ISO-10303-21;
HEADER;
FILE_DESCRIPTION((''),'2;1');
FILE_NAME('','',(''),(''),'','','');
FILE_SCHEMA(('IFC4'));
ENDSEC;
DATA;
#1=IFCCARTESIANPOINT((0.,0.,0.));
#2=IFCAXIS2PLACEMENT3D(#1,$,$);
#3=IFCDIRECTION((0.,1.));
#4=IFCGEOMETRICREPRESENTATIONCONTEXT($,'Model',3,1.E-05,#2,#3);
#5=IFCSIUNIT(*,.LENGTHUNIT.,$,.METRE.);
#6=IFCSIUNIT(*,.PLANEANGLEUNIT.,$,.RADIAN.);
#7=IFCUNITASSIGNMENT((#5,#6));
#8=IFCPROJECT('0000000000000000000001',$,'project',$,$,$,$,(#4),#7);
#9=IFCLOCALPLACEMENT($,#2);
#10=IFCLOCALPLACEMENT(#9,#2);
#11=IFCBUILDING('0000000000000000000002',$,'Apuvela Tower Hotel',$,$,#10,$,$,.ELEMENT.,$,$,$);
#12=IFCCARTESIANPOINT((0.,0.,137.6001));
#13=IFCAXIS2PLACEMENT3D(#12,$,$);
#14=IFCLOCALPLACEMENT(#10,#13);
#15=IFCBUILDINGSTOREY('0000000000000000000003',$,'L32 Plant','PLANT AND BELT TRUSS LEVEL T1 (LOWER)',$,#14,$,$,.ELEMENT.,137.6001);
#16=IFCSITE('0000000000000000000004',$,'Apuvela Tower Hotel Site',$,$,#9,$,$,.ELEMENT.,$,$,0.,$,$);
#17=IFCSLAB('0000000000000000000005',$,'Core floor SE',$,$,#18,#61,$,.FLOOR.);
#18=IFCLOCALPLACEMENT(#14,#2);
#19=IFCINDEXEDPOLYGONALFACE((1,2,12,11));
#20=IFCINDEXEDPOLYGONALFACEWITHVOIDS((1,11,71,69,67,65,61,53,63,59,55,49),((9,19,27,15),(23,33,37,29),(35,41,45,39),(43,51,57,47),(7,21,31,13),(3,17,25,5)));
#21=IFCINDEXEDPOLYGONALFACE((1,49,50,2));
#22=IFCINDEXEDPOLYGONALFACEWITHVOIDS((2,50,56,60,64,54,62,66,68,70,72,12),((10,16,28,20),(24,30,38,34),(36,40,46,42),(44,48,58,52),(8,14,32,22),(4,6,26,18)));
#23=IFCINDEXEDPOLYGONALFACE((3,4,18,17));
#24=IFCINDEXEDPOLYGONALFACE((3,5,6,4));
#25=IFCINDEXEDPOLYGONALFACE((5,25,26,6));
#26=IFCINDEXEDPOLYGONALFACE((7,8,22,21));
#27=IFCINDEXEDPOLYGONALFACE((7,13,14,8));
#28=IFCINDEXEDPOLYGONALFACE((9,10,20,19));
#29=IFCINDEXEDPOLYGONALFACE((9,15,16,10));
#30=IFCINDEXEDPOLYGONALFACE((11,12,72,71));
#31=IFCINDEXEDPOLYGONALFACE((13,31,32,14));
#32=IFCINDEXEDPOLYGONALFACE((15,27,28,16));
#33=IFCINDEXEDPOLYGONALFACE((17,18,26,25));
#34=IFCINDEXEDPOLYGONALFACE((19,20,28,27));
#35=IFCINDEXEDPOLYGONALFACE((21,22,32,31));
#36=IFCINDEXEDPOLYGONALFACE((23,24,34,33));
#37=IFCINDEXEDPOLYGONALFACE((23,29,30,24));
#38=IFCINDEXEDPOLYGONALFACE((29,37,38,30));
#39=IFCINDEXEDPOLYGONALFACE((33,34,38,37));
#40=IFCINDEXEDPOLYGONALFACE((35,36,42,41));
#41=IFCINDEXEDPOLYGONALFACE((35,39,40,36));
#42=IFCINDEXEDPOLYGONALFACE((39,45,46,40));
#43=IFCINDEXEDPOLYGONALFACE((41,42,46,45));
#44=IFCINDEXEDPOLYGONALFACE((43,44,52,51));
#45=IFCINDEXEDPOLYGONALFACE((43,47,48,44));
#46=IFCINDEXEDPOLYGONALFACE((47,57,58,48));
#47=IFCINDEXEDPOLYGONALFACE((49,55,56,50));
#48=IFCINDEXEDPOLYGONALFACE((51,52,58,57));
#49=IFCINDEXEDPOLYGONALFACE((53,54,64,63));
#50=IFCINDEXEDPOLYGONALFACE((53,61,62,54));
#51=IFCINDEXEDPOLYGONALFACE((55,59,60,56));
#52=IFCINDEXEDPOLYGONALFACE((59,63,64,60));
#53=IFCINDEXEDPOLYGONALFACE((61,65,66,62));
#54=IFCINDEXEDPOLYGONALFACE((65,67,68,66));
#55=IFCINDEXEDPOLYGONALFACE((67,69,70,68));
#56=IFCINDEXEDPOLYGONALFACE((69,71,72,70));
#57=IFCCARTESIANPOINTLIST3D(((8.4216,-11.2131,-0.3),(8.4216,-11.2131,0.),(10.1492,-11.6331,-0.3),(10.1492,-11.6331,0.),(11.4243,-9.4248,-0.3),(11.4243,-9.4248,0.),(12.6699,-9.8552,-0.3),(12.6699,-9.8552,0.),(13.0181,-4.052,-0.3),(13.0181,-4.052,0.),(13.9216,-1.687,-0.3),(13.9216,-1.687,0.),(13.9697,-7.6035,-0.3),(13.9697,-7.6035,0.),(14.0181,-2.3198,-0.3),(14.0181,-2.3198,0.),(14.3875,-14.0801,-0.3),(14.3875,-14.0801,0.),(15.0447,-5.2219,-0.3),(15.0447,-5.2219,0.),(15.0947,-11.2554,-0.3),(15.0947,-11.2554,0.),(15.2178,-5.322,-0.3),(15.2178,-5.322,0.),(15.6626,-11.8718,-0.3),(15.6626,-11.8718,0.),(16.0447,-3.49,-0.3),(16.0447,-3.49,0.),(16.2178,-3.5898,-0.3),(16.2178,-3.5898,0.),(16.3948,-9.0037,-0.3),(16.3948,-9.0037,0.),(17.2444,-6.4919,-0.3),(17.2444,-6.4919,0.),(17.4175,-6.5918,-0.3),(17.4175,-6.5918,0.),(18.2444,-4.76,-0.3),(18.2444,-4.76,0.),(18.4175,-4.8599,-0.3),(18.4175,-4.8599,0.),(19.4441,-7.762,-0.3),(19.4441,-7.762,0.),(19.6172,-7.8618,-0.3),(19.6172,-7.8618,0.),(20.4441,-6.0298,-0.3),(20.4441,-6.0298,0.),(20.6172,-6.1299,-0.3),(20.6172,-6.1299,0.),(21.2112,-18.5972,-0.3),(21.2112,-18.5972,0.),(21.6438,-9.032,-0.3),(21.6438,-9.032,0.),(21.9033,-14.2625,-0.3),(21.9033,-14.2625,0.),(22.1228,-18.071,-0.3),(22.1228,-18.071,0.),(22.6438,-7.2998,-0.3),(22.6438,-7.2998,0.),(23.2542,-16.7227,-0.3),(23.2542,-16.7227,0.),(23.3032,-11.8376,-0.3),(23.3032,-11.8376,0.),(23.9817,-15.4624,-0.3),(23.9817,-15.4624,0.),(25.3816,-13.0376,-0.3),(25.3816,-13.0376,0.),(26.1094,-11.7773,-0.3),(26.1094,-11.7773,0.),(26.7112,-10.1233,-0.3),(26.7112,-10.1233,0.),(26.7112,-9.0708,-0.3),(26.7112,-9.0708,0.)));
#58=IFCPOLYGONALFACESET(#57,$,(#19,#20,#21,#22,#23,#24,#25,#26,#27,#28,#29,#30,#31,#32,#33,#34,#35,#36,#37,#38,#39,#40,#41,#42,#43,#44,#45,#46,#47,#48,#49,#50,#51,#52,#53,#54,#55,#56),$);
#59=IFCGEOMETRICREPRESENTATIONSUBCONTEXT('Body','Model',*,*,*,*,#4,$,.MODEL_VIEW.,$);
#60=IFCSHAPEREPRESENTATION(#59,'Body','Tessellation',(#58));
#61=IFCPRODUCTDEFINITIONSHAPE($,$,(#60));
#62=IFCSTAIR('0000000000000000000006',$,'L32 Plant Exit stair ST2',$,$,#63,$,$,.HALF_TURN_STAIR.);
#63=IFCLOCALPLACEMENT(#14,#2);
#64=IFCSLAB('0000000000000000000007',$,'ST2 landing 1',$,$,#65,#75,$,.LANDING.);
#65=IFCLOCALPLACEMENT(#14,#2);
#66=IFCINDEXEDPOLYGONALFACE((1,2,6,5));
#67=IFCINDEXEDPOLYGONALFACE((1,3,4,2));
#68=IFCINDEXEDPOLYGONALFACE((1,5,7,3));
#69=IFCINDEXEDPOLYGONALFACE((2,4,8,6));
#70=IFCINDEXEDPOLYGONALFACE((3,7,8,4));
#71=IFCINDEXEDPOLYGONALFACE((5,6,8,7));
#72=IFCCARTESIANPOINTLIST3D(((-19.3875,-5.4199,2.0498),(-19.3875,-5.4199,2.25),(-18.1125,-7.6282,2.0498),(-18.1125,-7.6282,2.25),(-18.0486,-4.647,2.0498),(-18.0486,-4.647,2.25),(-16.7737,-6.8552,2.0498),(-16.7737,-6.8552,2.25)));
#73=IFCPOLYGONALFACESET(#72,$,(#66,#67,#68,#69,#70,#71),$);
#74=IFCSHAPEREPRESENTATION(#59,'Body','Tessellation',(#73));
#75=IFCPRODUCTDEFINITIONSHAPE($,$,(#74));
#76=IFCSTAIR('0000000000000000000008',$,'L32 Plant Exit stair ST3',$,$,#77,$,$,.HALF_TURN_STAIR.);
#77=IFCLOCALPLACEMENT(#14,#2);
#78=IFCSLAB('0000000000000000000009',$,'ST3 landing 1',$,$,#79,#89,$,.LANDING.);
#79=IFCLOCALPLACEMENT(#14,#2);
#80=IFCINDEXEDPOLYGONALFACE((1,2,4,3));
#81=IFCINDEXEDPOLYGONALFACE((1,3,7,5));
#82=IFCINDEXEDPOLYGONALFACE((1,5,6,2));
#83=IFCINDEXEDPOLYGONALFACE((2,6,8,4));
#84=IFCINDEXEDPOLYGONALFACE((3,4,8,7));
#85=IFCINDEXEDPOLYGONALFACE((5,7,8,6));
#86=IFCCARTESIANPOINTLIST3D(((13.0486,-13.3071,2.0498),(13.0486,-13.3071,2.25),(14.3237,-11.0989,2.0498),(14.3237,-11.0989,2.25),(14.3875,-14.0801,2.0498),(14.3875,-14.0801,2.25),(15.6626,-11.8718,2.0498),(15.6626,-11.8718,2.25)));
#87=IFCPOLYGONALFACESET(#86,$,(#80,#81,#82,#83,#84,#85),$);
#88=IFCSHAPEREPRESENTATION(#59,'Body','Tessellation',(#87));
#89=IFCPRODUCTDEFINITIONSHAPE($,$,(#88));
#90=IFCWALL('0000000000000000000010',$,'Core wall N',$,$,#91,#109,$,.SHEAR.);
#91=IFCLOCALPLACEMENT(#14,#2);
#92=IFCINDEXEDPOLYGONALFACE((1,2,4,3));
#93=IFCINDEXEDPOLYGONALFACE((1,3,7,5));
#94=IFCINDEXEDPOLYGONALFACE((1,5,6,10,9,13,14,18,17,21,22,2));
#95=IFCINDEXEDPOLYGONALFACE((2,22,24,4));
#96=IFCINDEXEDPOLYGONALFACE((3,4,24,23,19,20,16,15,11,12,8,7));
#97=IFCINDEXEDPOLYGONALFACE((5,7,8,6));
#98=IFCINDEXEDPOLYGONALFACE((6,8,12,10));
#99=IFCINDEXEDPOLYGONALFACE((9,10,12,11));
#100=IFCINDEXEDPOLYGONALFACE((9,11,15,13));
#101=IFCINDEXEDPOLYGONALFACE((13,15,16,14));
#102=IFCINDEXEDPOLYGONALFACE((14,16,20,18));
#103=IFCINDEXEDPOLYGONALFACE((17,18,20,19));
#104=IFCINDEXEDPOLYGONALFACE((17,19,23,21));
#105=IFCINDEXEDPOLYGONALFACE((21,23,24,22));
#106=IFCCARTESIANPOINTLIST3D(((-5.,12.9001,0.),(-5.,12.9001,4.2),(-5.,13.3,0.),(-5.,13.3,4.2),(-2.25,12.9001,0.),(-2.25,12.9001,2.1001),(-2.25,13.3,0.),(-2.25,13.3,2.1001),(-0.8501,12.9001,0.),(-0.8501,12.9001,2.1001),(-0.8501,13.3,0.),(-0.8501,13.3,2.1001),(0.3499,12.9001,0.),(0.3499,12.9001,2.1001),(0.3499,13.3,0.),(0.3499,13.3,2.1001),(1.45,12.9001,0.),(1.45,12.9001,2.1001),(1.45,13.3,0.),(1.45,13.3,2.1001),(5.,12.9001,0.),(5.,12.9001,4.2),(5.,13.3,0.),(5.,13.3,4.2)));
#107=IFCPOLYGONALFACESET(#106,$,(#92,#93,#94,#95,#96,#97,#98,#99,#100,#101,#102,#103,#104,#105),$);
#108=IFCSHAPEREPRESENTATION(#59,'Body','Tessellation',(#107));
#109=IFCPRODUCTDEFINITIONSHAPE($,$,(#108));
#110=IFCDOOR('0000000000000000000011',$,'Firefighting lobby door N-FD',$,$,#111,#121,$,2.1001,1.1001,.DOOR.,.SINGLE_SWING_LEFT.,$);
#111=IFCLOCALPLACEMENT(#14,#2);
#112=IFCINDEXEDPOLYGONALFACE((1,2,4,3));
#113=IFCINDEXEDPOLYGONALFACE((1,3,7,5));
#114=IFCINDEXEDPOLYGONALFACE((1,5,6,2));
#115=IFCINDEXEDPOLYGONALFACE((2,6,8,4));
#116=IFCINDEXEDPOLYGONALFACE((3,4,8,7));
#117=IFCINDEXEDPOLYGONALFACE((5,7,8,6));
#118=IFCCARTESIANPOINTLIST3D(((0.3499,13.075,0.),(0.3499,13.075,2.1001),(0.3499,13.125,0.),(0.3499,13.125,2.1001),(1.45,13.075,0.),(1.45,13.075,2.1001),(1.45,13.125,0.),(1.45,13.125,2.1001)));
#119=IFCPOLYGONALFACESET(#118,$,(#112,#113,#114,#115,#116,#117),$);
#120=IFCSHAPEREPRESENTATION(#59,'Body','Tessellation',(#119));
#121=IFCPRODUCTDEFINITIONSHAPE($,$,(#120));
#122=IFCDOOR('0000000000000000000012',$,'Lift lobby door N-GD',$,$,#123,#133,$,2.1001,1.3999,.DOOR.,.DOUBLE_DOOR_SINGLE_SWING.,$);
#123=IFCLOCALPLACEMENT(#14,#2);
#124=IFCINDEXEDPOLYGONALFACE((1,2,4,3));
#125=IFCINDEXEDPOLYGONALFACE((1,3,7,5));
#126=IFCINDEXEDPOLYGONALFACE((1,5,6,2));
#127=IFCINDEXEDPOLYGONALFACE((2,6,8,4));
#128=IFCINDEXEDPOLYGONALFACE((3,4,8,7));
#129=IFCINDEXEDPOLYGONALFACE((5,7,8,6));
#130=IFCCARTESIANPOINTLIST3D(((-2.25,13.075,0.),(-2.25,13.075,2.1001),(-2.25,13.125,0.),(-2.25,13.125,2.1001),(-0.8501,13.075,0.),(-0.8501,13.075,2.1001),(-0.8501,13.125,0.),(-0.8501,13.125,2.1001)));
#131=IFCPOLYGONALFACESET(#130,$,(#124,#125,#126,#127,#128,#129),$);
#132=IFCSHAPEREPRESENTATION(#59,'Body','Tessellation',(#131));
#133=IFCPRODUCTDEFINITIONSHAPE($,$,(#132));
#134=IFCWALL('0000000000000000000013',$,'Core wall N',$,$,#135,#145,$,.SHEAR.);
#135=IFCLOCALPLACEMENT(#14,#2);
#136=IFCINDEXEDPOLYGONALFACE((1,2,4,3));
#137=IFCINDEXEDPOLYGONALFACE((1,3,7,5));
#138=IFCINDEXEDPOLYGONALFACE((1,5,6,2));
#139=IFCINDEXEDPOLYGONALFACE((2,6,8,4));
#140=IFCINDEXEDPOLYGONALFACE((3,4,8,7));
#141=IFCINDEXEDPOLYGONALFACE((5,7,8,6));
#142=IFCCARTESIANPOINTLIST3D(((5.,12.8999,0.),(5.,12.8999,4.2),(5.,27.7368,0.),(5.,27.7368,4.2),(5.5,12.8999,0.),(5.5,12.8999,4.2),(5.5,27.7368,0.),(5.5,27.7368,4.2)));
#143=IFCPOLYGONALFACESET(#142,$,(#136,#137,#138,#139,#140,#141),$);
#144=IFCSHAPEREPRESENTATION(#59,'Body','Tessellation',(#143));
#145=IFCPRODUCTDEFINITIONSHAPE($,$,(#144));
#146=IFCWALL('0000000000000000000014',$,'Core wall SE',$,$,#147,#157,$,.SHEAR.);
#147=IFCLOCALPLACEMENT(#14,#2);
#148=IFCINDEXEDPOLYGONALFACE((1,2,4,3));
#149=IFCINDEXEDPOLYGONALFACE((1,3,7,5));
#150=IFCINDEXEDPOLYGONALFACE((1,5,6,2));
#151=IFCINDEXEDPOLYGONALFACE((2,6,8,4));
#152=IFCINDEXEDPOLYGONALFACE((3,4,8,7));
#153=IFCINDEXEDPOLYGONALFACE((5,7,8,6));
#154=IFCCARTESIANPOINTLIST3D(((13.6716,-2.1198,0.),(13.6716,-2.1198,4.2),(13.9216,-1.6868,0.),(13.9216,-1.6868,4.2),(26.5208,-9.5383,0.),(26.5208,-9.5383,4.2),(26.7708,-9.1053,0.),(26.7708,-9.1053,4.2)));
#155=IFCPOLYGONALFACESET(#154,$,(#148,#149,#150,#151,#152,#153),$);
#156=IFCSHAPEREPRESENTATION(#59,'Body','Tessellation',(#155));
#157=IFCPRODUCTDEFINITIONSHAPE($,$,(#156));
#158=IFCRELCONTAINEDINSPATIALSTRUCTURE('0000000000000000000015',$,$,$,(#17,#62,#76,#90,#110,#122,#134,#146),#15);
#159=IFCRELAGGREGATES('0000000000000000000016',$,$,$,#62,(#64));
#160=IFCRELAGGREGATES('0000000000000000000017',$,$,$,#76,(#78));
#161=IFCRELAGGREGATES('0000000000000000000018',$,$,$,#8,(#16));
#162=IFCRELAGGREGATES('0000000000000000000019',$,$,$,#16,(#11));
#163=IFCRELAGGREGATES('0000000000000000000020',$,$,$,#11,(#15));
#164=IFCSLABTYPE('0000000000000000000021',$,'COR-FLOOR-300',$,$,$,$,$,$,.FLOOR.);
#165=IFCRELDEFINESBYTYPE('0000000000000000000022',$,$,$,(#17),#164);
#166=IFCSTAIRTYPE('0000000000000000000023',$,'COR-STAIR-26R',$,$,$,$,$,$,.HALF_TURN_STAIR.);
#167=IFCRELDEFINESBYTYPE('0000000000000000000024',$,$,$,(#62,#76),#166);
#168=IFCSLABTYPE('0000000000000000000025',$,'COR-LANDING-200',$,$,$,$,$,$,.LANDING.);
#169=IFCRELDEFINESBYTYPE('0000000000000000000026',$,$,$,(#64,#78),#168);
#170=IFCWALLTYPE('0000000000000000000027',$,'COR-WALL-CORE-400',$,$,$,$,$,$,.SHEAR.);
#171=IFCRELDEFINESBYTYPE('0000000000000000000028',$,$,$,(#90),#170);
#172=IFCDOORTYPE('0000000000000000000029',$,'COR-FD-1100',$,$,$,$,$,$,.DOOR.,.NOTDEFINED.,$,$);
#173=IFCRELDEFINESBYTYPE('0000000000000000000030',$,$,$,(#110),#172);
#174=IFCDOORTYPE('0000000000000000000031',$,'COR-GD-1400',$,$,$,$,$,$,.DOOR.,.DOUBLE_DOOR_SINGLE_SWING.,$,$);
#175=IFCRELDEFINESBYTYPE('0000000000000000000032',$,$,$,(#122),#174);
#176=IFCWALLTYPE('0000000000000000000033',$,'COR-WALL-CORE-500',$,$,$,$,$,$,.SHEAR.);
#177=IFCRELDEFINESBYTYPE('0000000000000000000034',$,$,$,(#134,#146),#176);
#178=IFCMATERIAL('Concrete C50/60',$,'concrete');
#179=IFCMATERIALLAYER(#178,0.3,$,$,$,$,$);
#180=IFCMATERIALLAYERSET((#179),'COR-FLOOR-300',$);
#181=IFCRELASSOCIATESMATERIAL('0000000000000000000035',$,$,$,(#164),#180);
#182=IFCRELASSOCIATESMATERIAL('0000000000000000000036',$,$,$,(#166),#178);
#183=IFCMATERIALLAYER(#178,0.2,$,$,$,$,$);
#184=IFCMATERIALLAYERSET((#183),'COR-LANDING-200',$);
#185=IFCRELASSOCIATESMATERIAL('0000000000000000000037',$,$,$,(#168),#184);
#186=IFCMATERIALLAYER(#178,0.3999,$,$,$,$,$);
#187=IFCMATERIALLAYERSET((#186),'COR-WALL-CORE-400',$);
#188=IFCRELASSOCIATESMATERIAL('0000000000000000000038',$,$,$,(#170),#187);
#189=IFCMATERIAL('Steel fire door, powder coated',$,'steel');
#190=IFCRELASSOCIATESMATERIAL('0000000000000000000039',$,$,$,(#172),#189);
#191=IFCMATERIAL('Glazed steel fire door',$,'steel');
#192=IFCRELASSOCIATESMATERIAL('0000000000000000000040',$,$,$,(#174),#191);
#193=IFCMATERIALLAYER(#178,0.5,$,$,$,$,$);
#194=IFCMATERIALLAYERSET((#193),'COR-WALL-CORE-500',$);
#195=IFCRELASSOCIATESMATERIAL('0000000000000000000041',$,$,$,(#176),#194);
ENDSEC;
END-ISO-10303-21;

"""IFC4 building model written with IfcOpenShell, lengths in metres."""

from ifc_helpers import new_model, si_unit, direction, frame, frame_2d, origin, place, context, subcontext, project, spatial, polyline, rectangle, outline, extrude, material, layer, layer_set, type_object, element, fill, aggregate, save


model = new_model("IFC4")

# Units and contexts
model_context = context("Model", 3, precision=1e-05, world=origin(), true_north=direction((0.0, 1.0)))
body_context = subcontext(model_context, "Body", "Model", "MODEL_VIEW")
ifc_project = project(units=[si_unit("LENGTHUNIT", "METRE"), si_unit("PLANEANGLEUNIT", "RADIAN")], contexts=[model_context])

# Site, building, storey
site_placement = place(None, origin())
site = spatial("IfcSite", under=ifc_project, at=site_placement, Name="Apuvela Tower Hotel Site", CompositionType="ELEMENT", RefElevation=0.0)
building_placement = place(site_placement, origin())
building = spatial("IfcBuilding", under=site, at=building_placement, Name="Apuvela Tower Hotel", CompositionType="ELEMENT")
storey_placement = place(building_placement, frame((0.0, 0.0, 137.6001)))
storey = spatial("IfcBuildingStorey", under=building, at=storey_placement, Name="L32 Plant", Description="PLANT AND BELT TRUSS LEVEL T1 (LOWER)", CompositionType="ELEMENT", Elevation=137.6001)

# Slab
ifc_material_1 = material(Name="Concrete C50/60", Category="concrete")
ifc_layer_1 = layer(ifc_material_1, 0.3)
ifc_layer_set_1 = layer_set([ifc_layer_1], Name="COR-FLOOR-300")
slab_type_1 = type_object("IfcSlabType", Name="COR-FLOOR-300", PredefinedType="FLOOR", material=ifc_layer_set_1)
slab_1_placement = place(storey_placement, frame((0.0, 0.0, -0.3)))
element("IfcSlab", 1, at=slab_1_placement, inside=storey, type_object=slab_type_1, Name="Core floor SE", PredefinedType="FLOOR", context=body_context, shape_type="SweptSolid", body=[
    extrude(outline(polyline([(21.2112, -18.5972), (22.1228, -18.071), (23.2542, -16.7227), (23.9817, -15.4624), (21.9033, -14.2625), (23.3032, -11.8376), (25.3816, -13.0376), (26.1094, -11.7773), (26.7112, -10.1233), (26.7112, -9.0708), (13.9216, -1.687), (8.4216, -11.2131), (21.2112, -18.5972)]), holes=[polyline([(13.0181, -4.052), (14.0181, -2.3198), (16.0447, -3.49), (15.0447, -5.2219), (13.0181, -4.052)]), polyline([(17.2444, -6.4919), (15.2178, -5.322), (16.2178, -3.5898), (18.2444, -4.76), (17.2444, -6.4919)]), polyline([(14.3875, -14.0801), (10.1492, -11.6331), (11.4243, -9.4248), (15.6626, -11.8718), (14.3875, -14.0801)]), polyline([(12.6699, -9.8552), (13.9697, -7.6035), (16.3948, -9.0037), (15.0947, -11.2554), (12.6699, -9.8552)]), polyline([(19.4441, -7.762), (17.4175, -6.5918), (18.4175, -4.8599), (20.4441, -6.0298), (19.4441, -7.762)]), polyline([(21.6438, -9.032), (19.6172, -7.8618), (20.6172, -6.1299), (22.6438, -7.2998), (21.6438, -9.032)])]), origin(), (0.0, 0.0, 1.0), 0.3),
])

# Stairs, slabs
stair_type = type_object("IfcStairType", Name="COR-STAIR-26R", PredefinedType="HALF_TURN_STAIR", material=ifc_material_1)
stair_1_placement = place(storey_placement, origin())
stair_1 = element("IfcStair", 2, at=stair_1_placement, inside=storey, type_object=stair_type, Name="L32 Plant Exit stair ST2", PredefinedType="HALF_TURN_STAIR")
ifc_layer_2 = layer(ifc_material_1, 0.2)
ifc_layer_set_2 = layer_set([ifc_layer_2], Name="COR-LANDING-200")
slab_type_2 = type_object("IfcSlabType", Name="COR-LANDING-200", PredefinedType="LANDING", material=ifc_layer_set_2)
slab_2_placement = place(storey_placement, frame((0.0, 0.0, 2.0498)))
slab_2 = element("IfcSlab", 3, at=slab_2_placement, type_object=slab_type_2, Name="ST2 landing 1", PredefinedType="LANDING", context=body_context, shape_type="SweptSolid", body=[
    extrude(outline(polyline([(-18.0486, -4.647), (-19.3875, -5.4199), (-18.1125, -7.6282), (-16.7737, -6.8552), (-18.0486, -4.647)])), origin(), (0.0, 0.0, 1.0), 0.2002),
])
aggregate(stair_1, [slab_2])
stair_2_placement = place(storey_placement, origin())
stair_2 = element("IfcStair", 4, at=stair_2_placement, inside=storey, type_object=stair_type, Name="L32 Plant Exit stair ST3", PredefinedType="HALF_TURN_STAIR")
slab_3_placement = place(storey_placement, frame((0.0, 0.0, 2.0498)))
slab_3 = element("IfcSlab", 5, at=slab_3_placement, type_object=slab_type_2, Name="ST3 landing 1", PredefinedType="LANDING", context=body_context, shape_type="SweptSolid", body=[
    extrude(outline(polyline([(13.0486, -13.3071), (14.3875, -14.0801), (15.6626, -11.8718), (14.3237, -11.0989), (13.0486, -13.3071)])), origin(), (0.0, 0.0, 1.0), 0.2002),
])
aggregate(stair_2, [slab_3])

# Wall, openings, doors
ifc_layer_3 = layer(ifc_material_1, 0.3999)
ifc_layer_set_3 = layer_set([ifc_layer_3], Name="COR-WALL-CORE-400")
wall_type_1 = type_object("IfcWallType", Name="COR-WALL-CORE-400", PredefinedType="SHEAR", material=ifc_layer_set_3)
wall_1_placement = place(storey_placement, frame((5.0, 13.1001, 0.0), z_axis=(0.0, 0.0, 1.0), x_axis=(-1.0, 0.0, 0.0)))
wall_1 = element("IfcWall", 6, at=wall_1_placement, inside=storey, type_object=wall_type_1, Name="Core wall N", PredefinedType="SHEAR", context=body_context, shape_type="SweptSolid", body=[
    extrude(rectangle(XDim=10.0, YDim=0.3999, at=frame_2d((5.0, 0.0))), origin(), (0.0, 0.0, 1.0), 4.2),
])
opening_1_placement = place(wall_1_placement, frame((3.55, 0.0, 0.0)))
opening_1 = element("IfcOpeningElement", 7, at=opening_1_placement, cuts=wall_1, PredefinedType="OPENING", context=body_context, shape_type="SweptSolid", body=[
    extrude(rectangle(XDim=1.1001, YDim=2.1001, at=frame_2d((0.55, 1.05))), frame((0.0, 0.21, 0.0), z_axis=(0.0, -1.0, 0.0), x_axis=(1.0, 0.0, 0.0)), (0.0, 0.0, 1.0), 0.4199),
])
opening_2_placement = place(wall_1_placement, frame((5.8501, 0.0, 0.0)))
opening_2 = element("IfcOpeningElement", 8, at=opening_2_placement, cuts=wall_1, PredefinedType="OPENING", context=body_context, shape_type="SweptSolid", body=[
    extrude(rectangle(XDim=1.3999, YDim=2.1001, at=frame_2d((0.7, 1.05))), frame((0.0, 0.21, 0.0), z_axis=(0.0, -1.0, 0.0), x_axis=(1.0, 0.0, 0.0)), (0.0, 0.0, 1.0), 0.4199),
])
ifc_material_2 = material(Name="Steel fire door, powder coated", Category="steel")
door_type_1 = type_object("IfcDoorType", Name="COR-FD-1100", OperationType="NOTDEFINED", PredefinedType="DOOR", material=ifc_material_2)
door_1_placement = place(opening_1_placement, frame((1.1001, 0.0, 0.0), z_axis=(0.0, 0.0, 1.0), x_axis=(-1.0, 0.0, 0.0)))
door_1 = element("IfcDoor", 9, at=door_1_placement, inside=storey, type_object=door_type_1, Name="Firefighting lobby door N-FD", OperationType="SINGLE_SWING_LEFT", OverallHeight=2.1001, OverallWidth=1.1001, PredefinedType="DOOR", context=body_context, shape_type="SweptSolid", body=[
    extrude(rectangle(XDim=1.1001, YDim=2.1001, at=frame_2d((0.55, 1.05))), frame((0.0, 0.0249, 0.0), z_axis=(0.0, -1.0, 0.0), x_axis=(1.0, 0.0, 0.0)), (0.0, 0.0, 1.0), 0.05),
])
fill(opening_1, door_1)
ifc_material_3 = material(Name="Glazed steel fire door", Category="steel")
door_type_2 = type_object("IfcDoorType", Name="COR-GD-1400", OperationType="DOUBLE_DOOR_SINGLE_SWING", PredefinedType="DOOR", material=ifc_material_3)
door_2_placement = place(opening_2_placement, frame((1.3999, 0.0, 0.0), z_axis=(0.0, 0.0, 1.0), x_axis=(-1.0, 0.0, 0.0)))
door_2 = element("IfcDoor", 10, at=door_2_placement, inside=storey, type_object=door_type_2, Name="Lift lobby door N-GD", OperationType="DOUBLE_DOOR_SINGLE_SWING", OverallHeight=2.1001, OverallWidth=1.3999, PredefinedType="DOOR", context=body_context, shape_type="SweptSolid", body=[
    extrude(rectangle(XDim=1.3999, YDim=2.1001, at=frame_2d((0.7, 1.05))), frame((0.0, 0.0249, 0.0), z_axis=(0.0, -1.0, 0.0), x_axis=(1.0, 0.0, 0.0)), (0.0, 0.0, 1.0), 0.05),
])
fill(opening_2, door_2)

# Walls
ifc_layer_4 = layer(ifc_material_1, 0.5)
ifc_layer_set_4 = layer_set([ifc_layer_4], Name="COR-WALL-CORE-500")
wall_type_2 = type_object("IfcWallType", Name="COR-WALL-CORE-500", PredefinedType="SHEAR", material=ifc_layer_set_4)
for number, where, z_axis, x_axis, name in (
    (11, (5.25, 12.8999, 0.0), (0.0, 0.0, 1.0), (0.0, 1.0, 0.0), "Core wall N"),
    (12, (13.7966, -1.9033, 0.0), (0.0, 0.0, 1.0), (0.866025, -0.500001, 0.0), "Core wall SE"),
):
    element("IfcWall", number, at=place(storey_placement, frame(where, z_axis=z_axis, x_axis=x_axis)), inside=storey, type_object=wall_type_2, Name=name, PredefinedType="SHEAR", context=body_context, shape_type="SweptSolid", body=[
        extrude(rectangle(XDim=14.8369, YDim=0.5, at=frame_2d((7.4185, 0.0))), origin(), (0.0, 0.0, 1.0), 4.2),
    ])

save(model, "model.ifc")
